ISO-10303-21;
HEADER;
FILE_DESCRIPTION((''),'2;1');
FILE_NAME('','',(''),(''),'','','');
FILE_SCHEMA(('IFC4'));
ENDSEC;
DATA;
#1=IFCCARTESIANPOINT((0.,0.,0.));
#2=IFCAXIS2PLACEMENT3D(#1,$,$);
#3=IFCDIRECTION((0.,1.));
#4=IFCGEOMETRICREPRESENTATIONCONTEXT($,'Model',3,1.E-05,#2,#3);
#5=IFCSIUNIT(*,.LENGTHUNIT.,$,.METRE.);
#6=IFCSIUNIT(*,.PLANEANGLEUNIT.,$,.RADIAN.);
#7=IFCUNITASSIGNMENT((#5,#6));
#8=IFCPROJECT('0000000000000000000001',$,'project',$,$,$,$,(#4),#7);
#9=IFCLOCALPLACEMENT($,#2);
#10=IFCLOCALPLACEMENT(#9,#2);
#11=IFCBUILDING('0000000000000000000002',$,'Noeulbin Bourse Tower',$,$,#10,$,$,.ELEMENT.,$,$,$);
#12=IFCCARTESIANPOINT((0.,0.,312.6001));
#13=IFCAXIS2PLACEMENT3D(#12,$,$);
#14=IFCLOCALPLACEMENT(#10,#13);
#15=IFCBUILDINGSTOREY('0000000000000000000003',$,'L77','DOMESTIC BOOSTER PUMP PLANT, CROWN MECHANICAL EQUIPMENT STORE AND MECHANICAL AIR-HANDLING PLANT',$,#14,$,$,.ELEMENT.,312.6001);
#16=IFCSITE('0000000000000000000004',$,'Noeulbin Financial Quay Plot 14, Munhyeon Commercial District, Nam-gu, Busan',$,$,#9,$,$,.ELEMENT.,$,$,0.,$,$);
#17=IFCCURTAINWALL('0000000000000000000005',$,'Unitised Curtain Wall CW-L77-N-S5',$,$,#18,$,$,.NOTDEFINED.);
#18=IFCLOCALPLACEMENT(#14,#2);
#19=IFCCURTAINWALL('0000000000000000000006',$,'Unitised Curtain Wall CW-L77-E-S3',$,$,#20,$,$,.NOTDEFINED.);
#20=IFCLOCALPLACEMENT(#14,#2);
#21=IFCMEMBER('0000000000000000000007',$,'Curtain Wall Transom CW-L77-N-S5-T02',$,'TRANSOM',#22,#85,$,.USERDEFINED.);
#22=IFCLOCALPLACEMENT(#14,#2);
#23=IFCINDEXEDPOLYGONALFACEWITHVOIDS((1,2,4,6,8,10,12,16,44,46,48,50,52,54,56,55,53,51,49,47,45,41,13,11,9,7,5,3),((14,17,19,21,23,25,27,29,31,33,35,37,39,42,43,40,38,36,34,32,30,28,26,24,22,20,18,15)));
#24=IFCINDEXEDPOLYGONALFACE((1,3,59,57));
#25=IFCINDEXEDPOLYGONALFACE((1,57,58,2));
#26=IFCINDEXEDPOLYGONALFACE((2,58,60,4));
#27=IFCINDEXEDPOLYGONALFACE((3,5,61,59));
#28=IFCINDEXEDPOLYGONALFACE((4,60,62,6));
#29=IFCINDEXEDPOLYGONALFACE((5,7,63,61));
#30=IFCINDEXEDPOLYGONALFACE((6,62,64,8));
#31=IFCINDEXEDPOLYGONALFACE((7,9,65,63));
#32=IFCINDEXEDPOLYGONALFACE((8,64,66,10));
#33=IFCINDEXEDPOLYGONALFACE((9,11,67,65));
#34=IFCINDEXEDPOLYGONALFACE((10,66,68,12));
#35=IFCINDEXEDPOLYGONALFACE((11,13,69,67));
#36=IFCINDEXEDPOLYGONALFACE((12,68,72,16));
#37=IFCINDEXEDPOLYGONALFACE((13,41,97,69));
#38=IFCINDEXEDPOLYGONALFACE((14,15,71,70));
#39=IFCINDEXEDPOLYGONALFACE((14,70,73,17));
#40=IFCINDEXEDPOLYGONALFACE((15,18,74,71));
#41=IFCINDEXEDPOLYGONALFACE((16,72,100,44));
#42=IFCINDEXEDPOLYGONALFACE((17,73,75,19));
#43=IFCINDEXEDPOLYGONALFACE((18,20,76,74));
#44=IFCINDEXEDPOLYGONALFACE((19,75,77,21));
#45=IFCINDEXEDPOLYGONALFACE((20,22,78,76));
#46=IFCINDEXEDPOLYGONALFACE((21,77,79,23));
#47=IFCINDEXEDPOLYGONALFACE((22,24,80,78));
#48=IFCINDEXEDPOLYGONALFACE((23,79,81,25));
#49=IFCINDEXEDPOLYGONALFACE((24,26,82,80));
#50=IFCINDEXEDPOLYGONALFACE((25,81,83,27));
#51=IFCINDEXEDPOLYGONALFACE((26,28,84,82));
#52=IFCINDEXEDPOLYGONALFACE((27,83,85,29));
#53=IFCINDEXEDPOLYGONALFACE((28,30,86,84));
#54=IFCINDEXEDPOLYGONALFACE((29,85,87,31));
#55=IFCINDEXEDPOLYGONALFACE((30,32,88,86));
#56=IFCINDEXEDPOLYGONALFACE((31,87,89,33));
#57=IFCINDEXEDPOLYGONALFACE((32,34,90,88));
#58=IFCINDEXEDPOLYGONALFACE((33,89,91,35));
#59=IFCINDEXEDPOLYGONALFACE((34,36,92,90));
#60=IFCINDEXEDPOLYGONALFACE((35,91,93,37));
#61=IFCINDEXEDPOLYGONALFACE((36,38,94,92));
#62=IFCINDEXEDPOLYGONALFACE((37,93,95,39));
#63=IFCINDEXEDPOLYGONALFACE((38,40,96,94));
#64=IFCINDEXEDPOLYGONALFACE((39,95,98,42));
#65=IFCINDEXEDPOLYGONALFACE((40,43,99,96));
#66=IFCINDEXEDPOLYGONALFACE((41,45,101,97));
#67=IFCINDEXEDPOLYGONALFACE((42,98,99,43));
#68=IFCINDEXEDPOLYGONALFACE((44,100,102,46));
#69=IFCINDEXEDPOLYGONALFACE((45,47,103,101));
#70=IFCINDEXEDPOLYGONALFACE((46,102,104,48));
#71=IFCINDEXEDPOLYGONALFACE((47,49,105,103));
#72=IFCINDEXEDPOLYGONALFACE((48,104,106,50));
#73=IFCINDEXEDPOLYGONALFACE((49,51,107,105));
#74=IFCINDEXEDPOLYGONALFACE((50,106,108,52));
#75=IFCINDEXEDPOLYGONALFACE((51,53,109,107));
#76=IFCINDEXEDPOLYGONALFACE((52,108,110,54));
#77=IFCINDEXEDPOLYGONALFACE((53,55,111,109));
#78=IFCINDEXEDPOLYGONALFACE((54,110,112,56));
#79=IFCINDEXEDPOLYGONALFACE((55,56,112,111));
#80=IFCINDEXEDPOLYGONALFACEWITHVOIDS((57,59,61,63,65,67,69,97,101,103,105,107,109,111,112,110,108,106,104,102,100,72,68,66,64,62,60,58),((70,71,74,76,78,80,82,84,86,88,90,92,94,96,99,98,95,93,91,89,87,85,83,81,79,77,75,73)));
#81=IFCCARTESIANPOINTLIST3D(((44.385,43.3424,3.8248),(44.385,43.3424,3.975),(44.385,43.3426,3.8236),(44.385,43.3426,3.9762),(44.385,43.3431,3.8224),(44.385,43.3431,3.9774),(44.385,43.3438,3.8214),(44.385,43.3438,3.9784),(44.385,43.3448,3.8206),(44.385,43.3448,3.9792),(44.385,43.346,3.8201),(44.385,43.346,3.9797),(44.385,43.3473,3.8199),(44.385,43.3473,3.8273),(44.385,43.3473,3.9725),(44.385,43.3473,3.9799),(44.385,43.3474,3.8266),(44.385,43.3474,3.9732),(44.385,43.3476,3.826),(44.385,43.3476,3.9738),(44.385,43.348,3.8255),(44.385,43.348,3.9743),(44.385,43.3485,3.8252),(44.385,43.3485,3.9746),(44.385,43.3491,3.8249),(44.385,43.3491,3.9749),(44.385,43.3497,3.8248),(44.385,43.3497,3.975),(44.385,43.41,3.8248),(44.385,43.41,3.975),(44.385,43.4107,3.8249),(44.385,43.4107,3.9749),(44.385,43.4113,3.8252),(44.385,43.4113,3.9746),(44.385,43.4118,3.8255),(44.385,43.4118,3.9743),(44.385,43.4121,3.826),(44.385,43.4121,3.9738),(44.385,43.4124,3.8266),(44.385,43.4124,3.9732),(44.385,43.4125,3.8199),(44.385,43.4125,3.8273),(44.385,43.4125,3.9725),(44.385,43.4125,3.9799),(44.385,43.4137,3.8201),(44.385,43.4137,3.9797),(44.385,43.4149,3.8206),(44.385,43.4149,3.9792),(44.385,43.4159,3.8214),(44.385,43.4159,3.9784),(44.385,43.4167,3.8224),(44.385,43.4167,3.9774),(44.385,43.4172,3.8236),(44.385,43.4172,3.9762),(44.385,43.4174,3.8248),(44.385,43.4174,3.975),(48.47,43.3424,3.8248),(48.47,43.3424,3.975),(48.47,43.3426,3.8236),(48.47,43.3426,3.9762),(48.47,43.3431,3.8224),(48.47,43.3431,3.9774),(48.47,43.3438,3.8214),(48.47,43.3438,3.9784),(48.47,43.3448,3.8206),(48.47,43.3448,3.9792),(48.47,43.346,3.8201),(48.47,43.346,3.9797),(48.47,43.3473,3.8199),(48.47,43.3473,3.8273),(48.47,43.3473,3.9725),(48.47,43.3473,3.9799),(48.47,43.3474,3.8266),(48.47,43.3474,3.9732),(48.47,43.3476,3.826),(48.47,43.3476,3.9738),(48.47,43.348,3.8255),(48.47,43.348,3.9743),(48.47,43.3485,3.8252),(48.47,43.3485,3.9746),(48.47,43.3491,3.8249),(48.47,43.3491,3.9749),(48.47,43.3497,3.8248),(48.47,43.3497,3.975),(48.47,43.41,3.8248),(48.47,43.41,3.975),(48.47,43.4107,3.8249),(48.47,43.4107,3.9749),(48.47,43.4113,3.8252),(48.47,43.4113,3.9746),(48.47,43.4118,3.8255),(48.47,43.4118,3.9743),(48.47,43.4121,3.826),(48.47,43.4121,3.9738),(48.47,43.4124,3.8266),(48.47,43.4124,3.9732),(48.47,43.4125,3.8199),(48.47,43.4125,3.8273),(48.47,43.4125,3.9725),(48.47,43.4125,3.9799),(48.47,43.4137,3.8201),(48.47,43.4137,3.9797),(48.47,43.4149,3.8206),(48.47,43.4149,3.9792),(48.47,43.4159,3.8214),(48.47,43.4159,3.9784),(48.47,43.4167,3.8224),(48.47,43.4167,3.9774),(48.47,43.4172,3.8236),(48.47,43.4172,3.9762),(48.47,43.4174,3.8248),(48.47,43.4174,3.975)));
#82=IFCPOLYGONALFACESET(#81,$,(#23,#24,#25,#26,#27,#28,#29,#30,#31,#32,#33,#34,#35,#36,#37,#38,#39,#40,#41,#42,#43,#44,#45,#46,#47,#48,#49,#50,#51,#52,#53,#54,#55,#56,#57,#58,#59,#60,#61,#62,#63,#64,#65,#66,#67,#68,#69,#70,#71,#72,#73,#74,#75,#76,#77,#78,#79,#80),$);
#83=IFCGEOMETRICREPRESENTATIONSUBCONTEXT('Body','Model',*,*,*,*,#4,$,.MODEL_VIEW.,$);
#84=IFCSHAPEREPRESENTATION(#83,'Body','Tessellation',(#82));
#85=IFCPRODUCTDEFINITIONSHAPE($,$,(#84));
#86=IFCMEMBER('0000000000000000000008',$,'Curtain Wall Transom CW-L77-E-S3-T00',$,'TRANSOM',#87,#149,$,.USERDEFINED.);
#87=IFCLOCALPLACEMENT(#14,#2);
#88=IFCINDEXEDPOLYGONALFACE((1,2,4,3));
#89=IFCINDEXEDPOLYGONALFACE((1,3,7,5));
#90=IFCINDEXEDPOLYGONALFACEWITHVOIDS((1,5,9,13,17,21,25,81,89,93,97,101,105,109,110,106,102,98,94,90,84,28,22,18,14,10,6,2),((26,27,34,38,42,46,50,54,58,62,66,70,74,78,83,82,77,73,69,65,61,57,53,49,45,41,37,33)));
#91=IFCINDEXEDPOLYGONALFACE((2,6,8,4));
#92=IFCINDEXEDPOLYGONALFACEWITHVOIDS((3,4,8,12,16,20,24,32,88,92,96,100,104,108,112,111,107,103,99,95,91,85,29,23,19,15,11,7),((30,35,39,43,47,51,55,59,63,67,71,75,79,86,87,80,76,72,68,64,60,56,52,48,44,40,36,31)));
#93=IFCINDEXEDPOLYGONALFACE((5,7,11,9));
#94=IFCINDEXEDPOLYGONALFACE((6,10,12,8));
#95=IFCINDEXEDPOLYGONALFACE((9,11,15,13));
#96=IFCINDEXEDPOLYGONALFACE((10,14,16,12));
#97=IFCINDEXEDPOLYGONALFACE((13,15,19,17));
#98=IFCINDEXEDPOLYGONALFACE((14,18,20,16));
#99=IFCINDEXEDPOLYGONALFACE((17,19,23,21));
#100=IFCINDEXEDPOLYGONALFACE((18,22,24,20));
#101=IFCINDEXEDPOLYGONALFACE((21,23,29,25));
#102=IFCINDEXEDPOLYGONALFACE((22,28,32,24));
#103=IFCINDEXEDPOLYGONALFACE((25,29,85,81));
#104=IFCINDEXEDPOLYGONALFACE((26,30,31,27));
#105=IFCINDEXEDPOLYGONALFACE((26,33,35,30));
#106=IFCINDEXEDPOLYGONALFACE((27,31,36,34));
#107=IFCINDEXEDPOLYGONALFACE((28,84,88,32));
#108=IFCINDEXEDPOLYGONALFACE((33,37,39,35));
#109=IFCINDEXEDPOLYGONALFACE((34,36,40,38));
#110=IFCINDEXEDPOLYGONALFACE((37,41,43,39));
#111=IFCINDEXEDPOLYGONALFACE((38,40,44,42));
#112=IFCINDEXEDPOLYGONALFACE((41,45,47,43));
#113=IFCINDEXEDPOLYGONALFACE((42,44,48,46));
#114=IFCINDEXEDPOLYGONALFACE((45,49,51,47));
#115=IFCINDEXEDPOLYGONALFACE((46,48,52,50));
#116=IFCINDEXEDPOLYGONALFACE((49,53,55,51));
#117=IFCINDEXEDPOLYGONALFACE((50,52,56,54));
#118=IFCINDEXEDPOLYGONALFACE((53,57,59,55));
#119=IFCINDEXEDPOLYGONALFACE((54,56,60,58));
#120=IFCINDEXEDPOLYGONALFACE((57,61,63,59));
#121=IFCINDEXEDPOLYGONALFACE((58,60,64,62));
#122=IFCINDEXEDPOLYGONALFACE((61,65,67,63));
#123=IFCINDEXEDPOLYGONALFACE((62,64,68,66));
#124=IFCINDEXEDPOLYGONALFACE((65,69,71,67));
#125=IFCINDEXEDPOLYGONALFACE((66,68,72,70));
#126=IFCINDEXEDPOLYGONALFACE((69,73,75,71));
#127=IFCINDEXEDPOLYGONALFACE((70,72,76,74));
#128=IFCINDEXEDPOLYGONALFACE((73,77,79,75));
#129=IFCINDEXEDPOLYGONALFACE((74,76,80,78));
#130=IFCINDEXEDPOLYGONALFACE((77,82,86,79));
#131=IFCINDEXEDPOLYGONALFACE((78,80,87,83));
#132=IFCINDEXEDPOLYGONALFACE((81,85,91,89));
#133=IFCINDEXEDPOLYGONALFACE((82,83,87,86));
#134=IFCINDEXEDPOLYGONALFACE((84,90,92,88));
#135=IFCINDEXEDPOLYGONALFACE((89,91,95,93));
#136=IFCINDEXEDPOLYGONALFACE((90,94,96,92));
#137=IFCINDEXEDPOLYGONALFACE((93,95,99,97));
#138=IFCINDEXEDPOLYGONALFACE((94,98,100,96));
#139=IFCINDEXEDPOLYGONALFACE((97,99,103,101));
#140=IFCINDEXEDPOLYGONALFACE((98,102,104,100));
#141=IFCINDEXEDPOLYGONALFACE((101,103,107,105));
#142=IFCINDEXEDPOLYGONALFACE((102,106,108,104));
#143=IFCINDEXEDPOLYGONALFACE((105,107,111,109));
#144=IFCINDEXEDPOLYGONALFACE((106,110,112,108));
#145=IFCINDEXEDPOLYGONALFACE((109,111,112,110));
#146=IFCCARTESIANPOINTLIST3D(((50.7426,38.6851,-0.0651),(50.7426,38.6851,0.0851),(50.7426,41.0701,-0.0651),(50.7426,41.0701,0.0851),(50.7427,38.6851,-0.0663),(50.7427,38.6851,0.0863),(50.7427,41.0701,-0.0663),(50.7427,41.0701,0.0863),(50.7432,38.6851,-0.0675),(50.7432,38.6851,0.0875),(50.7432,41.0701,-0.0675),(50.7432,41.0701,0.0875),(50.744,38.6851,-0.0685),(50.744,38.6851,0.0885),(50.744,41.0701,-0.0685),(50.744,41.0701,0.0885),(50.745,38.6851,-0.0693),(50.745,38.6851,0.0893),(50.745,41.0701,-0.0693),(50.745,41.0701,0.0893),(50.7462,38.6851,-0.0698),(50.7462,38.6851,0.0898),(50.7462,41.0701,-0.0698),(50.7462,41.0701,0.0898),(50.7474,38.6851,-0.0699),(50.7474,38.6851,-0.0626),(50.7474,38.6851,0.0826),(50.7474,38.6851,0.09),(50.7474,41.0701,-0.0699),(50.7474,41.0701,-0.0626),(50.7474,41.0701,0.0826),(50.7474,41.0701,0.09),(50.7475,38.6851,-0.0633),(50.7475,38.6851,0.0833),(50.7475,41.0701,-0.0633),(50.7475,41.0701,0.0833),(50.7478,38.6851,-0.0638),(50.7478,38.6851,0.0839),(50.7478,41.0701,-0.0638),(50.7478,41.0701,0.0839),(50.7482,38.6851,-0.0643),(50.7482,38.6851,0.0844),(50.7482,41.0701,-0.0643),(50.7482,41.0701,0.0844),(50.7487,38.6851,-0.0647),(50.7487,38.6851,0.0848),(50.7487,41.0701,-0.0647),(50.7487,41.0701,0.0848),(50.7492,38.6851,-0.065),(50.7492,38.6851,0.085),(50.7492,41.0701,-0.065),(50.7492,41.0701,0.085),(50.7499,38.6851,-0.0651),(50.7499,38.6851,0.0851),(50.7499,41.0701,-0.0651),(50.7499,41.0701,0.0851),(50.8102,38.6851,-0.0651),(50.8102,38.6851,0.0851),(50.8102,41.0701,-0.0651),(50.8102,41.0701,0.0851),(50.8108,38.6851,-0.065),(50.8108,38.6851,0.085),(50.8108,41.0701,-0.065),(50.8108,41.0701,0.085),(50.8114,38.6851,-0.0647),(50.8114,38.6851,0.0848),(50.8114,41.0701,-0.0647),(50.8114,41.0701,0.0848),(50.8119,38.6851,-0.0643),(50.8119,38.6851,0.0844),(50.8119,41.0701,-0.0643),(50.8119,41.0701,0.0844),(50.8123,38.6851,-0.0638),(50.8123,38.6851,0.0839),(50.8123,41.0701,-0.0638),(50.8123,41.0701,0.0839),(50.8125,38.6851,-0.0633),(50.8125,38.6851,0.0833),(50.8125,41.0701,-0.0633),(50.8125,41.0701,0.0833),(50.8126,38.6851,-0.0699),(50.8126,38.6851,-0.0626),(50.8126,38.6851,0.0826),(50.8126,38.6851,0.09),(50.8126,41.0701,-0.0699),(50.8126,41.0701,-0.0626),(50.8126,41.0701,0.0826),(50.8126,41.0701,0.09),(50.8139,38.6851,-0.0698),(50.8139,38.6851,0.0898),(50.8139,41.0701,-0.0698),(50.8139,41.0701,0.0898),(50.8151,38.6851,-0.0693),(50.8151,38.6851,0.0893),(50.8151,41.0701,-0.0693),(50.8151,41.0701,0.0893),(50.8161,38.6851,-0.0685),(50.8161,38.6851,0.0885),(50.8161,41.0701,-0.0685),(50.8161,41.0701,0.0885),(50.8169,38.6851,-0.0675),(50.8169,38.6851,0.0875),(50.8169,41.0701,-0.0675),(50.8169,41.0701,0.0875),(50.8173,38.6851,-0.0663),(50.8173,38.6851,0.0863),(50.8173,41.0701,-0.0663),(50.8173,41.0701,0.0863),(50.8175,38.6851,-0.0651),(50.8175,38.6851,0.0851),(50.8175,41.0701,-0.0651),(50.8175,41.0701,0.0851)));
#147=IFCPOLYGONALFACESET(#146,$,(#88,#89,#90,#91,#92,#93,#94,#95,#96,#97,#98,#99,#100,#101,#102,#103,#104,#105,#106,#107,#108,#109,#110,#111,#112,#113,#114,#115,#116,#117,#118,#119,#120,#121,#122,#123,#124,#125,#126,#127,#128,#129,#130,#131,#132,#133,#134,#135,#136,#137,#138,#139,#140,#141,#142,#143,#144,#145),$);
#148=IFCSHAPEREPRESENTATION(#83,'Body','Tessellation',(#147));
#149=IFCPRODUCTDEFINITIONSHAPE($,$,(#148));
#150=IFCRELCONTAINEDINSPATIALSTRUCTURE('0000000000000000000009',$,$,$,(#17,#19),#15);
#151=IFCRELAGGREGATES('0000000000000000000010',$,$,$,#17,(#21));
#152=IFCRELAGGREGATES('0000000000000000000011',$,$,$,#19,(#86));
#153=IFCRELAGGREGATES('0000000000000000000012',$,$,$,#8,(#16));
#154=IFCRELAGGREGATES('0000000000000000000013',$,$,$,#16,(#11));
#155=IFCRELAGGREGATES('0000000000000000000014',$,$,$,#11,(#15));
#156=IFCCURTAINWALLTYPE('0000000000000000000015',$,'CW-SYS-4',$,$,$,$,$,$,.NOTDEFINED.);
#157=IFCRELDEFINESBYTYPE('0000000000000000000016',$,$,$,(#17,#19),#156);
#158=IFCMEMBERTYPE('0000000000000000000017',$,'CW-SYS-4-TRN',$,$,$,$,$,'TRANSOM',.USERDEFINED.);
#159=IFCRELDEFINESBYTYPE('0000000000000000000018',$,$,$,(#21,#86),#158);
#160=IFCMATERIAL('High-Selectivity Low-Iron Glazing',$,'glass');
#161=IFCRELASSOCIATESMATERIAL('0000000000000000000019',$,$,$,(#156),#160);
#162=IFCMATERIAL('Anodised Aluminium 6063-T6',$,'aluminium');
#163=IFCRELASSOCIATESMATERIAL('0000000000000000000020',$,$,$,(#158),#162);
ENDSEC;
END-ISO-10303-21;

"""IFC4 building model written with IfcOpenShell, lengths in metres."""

from ifc_helpers import new_model, si_unit, direction, frame, origin, origin_2d, place, context, subcontext, project, spatial, hollow_rectangle, extrude, material, material_profile, profile_set, type_object, element, aggregate, save


model = new_model("IFC4")

# Units and contexts
model_context = context("Model", 3, precision=1e-05, world=origin(), true_north=direction((0.0, 1.0)))
body_context = subcontext(model_context, "Body", "Model", "MODEL_VIEW")
ifc_project = project(units=[si_unit("LENGTHUNIT", "METRE"), si_unit("PLANEANGLEUNIT", "RADIAN")], contexts=[model_context])

# Site, building, storey
site_placement = place(None, origin())
site = spatial("IfcSite", under=ifc_project, at=site_placement, Name="Noeulbin Financial Quay Plot 14, Munhyeon Commercial District, Nam-gu, Busan", CompositionType="ELEMENT", RefElevation=0.0)
building_placement = place(site_placement, origin())
building = spatial("IfcBuilding", under=site, at=building_placement, Name="Noeulbin Bourse Tower", CompositionType="ELEMENT")
storey_placement = place(building_placement, frame((0.0, 0.0, 312.6001)))
storey = spatial("IfcBuildingStorey", under=building, at=storey_placement, Name="L77", Description="DOMESTIC BOOSTER PUMP PLANT, CROWN MECHANICAL EQUIPMENT STORE AND MECHANICAL AIR-HANDLING PLANT", CompositionType="ELEMENT", Elevation=312.6001)

# Shared definitions
ifc_material_1 = material(Name="High-Selectivity Low-Iron Glazing", Category="glass")
curtain_wall_type = type_object("IfcCurtainWallType", Name="CW-SYS-4", PredefinedType="NOTDEFINED", material=ifc_material_1)
ifc_material_2 = material(Name="Anodised Aluminium 6063-T6", Category="aluminium")

# Curtain walls
curtain_wall_1_placement = place(storey_placement, origin())
curtain_wall_1 = element("IfcCurtainWall", 1, at=curtain_wall_1_placement, inside=storey, type_object=curtain_wall_type, Name="Unitised Curtain Wall CW-L77-N-S5", PredefinedType="NOTDEFINED")
curtain_wall_2_placement = place(storey_placement, origin())
curtain_wall_2 = element("IfcCurtainWall", 2, at=curtain_wall_2_placement, inside=storey, type_object=curtain_wall_type, Name="Unitised Curtain Wall CW-L77-E-S3", PredefinedType="NOTDEFINED")

# Members
ifc_material_profile_1 = material_profile(ifc_material_2, hollow_rectangle(XDim=0.075, YDim=0.1599, WallThickness=0.0049, InnerFilletRadius=0.0024, OuterFilletRadius=0.0049, at=origin_2d()), Name="ALU-TRAN-75x160x5", Category="LoadBearing")
ifc_profile_set_1 = profile_set([ifc_material_profile_1], Name="Anodised Aluminium 6063-T6")
member_type_1 = type_object("IfcMemberType", Name="CW-SYS-4-TRN", ElementType="TRANSOM", PredefinedType="USERDEFINED", material=ifc_profile_set_1)
member_1_placement = place(storey_placement, frame((44.385, 43.3799, 3.8999), z_axis=(1.0, 0.0, 0.0), x_axis=(0.0, 1.0, 0.0)))
member_1 = element("IfcMember", 3, at=member_1_placement, type_object=member_type_1, Name="Curtain Wall Transom CW-L77-N-S5-T02", ObjectType="TRANSOM", PredefinedType="USERDEFINED", context=body_context, shape_type="SweptSolid", body=[
    extrude(hollow_rectangle(XDim=0.075, YDim=0.1599, WallThickness=0.0049, InnerFilletRadius=0.0024, OuterFilletRadius=0.0049, at=origin_2d()), origin(), (0.0, 0.0, 1.0), 4.085),
])
member_2_placement = place(storey_placement, frame((50.78, 38.6851, 0.01), z_axis=(0.0, 1.0, 0.0), x_axis=(-1.0, 0.0, 0.0)))
member_2 = element("IfcMember", 4, at=member_2_placement, type_object=member_type_1, Name="Curtain Wall Transom CW-L77-E-S3-T00", ObjectType="TRANSOM", PredefinedType="USERDEFINED", context=body_context, shape_type="SweptSolid", body=[
    extrude(hollow_rectangle(XDim=0.075, YDim=0.1599, WallThickness=0.0049, InnerFilletRadius=0.0024, OuterFilletRadius=0.0049, at=origin_2d()), origin(), (0.0, 0.0, 1.0), 2.385),
])

aggregate(curtain_wall_1, [member_1])
aggregate(curtain_wall_2, [member_2])

save(model, "model.ifc")
